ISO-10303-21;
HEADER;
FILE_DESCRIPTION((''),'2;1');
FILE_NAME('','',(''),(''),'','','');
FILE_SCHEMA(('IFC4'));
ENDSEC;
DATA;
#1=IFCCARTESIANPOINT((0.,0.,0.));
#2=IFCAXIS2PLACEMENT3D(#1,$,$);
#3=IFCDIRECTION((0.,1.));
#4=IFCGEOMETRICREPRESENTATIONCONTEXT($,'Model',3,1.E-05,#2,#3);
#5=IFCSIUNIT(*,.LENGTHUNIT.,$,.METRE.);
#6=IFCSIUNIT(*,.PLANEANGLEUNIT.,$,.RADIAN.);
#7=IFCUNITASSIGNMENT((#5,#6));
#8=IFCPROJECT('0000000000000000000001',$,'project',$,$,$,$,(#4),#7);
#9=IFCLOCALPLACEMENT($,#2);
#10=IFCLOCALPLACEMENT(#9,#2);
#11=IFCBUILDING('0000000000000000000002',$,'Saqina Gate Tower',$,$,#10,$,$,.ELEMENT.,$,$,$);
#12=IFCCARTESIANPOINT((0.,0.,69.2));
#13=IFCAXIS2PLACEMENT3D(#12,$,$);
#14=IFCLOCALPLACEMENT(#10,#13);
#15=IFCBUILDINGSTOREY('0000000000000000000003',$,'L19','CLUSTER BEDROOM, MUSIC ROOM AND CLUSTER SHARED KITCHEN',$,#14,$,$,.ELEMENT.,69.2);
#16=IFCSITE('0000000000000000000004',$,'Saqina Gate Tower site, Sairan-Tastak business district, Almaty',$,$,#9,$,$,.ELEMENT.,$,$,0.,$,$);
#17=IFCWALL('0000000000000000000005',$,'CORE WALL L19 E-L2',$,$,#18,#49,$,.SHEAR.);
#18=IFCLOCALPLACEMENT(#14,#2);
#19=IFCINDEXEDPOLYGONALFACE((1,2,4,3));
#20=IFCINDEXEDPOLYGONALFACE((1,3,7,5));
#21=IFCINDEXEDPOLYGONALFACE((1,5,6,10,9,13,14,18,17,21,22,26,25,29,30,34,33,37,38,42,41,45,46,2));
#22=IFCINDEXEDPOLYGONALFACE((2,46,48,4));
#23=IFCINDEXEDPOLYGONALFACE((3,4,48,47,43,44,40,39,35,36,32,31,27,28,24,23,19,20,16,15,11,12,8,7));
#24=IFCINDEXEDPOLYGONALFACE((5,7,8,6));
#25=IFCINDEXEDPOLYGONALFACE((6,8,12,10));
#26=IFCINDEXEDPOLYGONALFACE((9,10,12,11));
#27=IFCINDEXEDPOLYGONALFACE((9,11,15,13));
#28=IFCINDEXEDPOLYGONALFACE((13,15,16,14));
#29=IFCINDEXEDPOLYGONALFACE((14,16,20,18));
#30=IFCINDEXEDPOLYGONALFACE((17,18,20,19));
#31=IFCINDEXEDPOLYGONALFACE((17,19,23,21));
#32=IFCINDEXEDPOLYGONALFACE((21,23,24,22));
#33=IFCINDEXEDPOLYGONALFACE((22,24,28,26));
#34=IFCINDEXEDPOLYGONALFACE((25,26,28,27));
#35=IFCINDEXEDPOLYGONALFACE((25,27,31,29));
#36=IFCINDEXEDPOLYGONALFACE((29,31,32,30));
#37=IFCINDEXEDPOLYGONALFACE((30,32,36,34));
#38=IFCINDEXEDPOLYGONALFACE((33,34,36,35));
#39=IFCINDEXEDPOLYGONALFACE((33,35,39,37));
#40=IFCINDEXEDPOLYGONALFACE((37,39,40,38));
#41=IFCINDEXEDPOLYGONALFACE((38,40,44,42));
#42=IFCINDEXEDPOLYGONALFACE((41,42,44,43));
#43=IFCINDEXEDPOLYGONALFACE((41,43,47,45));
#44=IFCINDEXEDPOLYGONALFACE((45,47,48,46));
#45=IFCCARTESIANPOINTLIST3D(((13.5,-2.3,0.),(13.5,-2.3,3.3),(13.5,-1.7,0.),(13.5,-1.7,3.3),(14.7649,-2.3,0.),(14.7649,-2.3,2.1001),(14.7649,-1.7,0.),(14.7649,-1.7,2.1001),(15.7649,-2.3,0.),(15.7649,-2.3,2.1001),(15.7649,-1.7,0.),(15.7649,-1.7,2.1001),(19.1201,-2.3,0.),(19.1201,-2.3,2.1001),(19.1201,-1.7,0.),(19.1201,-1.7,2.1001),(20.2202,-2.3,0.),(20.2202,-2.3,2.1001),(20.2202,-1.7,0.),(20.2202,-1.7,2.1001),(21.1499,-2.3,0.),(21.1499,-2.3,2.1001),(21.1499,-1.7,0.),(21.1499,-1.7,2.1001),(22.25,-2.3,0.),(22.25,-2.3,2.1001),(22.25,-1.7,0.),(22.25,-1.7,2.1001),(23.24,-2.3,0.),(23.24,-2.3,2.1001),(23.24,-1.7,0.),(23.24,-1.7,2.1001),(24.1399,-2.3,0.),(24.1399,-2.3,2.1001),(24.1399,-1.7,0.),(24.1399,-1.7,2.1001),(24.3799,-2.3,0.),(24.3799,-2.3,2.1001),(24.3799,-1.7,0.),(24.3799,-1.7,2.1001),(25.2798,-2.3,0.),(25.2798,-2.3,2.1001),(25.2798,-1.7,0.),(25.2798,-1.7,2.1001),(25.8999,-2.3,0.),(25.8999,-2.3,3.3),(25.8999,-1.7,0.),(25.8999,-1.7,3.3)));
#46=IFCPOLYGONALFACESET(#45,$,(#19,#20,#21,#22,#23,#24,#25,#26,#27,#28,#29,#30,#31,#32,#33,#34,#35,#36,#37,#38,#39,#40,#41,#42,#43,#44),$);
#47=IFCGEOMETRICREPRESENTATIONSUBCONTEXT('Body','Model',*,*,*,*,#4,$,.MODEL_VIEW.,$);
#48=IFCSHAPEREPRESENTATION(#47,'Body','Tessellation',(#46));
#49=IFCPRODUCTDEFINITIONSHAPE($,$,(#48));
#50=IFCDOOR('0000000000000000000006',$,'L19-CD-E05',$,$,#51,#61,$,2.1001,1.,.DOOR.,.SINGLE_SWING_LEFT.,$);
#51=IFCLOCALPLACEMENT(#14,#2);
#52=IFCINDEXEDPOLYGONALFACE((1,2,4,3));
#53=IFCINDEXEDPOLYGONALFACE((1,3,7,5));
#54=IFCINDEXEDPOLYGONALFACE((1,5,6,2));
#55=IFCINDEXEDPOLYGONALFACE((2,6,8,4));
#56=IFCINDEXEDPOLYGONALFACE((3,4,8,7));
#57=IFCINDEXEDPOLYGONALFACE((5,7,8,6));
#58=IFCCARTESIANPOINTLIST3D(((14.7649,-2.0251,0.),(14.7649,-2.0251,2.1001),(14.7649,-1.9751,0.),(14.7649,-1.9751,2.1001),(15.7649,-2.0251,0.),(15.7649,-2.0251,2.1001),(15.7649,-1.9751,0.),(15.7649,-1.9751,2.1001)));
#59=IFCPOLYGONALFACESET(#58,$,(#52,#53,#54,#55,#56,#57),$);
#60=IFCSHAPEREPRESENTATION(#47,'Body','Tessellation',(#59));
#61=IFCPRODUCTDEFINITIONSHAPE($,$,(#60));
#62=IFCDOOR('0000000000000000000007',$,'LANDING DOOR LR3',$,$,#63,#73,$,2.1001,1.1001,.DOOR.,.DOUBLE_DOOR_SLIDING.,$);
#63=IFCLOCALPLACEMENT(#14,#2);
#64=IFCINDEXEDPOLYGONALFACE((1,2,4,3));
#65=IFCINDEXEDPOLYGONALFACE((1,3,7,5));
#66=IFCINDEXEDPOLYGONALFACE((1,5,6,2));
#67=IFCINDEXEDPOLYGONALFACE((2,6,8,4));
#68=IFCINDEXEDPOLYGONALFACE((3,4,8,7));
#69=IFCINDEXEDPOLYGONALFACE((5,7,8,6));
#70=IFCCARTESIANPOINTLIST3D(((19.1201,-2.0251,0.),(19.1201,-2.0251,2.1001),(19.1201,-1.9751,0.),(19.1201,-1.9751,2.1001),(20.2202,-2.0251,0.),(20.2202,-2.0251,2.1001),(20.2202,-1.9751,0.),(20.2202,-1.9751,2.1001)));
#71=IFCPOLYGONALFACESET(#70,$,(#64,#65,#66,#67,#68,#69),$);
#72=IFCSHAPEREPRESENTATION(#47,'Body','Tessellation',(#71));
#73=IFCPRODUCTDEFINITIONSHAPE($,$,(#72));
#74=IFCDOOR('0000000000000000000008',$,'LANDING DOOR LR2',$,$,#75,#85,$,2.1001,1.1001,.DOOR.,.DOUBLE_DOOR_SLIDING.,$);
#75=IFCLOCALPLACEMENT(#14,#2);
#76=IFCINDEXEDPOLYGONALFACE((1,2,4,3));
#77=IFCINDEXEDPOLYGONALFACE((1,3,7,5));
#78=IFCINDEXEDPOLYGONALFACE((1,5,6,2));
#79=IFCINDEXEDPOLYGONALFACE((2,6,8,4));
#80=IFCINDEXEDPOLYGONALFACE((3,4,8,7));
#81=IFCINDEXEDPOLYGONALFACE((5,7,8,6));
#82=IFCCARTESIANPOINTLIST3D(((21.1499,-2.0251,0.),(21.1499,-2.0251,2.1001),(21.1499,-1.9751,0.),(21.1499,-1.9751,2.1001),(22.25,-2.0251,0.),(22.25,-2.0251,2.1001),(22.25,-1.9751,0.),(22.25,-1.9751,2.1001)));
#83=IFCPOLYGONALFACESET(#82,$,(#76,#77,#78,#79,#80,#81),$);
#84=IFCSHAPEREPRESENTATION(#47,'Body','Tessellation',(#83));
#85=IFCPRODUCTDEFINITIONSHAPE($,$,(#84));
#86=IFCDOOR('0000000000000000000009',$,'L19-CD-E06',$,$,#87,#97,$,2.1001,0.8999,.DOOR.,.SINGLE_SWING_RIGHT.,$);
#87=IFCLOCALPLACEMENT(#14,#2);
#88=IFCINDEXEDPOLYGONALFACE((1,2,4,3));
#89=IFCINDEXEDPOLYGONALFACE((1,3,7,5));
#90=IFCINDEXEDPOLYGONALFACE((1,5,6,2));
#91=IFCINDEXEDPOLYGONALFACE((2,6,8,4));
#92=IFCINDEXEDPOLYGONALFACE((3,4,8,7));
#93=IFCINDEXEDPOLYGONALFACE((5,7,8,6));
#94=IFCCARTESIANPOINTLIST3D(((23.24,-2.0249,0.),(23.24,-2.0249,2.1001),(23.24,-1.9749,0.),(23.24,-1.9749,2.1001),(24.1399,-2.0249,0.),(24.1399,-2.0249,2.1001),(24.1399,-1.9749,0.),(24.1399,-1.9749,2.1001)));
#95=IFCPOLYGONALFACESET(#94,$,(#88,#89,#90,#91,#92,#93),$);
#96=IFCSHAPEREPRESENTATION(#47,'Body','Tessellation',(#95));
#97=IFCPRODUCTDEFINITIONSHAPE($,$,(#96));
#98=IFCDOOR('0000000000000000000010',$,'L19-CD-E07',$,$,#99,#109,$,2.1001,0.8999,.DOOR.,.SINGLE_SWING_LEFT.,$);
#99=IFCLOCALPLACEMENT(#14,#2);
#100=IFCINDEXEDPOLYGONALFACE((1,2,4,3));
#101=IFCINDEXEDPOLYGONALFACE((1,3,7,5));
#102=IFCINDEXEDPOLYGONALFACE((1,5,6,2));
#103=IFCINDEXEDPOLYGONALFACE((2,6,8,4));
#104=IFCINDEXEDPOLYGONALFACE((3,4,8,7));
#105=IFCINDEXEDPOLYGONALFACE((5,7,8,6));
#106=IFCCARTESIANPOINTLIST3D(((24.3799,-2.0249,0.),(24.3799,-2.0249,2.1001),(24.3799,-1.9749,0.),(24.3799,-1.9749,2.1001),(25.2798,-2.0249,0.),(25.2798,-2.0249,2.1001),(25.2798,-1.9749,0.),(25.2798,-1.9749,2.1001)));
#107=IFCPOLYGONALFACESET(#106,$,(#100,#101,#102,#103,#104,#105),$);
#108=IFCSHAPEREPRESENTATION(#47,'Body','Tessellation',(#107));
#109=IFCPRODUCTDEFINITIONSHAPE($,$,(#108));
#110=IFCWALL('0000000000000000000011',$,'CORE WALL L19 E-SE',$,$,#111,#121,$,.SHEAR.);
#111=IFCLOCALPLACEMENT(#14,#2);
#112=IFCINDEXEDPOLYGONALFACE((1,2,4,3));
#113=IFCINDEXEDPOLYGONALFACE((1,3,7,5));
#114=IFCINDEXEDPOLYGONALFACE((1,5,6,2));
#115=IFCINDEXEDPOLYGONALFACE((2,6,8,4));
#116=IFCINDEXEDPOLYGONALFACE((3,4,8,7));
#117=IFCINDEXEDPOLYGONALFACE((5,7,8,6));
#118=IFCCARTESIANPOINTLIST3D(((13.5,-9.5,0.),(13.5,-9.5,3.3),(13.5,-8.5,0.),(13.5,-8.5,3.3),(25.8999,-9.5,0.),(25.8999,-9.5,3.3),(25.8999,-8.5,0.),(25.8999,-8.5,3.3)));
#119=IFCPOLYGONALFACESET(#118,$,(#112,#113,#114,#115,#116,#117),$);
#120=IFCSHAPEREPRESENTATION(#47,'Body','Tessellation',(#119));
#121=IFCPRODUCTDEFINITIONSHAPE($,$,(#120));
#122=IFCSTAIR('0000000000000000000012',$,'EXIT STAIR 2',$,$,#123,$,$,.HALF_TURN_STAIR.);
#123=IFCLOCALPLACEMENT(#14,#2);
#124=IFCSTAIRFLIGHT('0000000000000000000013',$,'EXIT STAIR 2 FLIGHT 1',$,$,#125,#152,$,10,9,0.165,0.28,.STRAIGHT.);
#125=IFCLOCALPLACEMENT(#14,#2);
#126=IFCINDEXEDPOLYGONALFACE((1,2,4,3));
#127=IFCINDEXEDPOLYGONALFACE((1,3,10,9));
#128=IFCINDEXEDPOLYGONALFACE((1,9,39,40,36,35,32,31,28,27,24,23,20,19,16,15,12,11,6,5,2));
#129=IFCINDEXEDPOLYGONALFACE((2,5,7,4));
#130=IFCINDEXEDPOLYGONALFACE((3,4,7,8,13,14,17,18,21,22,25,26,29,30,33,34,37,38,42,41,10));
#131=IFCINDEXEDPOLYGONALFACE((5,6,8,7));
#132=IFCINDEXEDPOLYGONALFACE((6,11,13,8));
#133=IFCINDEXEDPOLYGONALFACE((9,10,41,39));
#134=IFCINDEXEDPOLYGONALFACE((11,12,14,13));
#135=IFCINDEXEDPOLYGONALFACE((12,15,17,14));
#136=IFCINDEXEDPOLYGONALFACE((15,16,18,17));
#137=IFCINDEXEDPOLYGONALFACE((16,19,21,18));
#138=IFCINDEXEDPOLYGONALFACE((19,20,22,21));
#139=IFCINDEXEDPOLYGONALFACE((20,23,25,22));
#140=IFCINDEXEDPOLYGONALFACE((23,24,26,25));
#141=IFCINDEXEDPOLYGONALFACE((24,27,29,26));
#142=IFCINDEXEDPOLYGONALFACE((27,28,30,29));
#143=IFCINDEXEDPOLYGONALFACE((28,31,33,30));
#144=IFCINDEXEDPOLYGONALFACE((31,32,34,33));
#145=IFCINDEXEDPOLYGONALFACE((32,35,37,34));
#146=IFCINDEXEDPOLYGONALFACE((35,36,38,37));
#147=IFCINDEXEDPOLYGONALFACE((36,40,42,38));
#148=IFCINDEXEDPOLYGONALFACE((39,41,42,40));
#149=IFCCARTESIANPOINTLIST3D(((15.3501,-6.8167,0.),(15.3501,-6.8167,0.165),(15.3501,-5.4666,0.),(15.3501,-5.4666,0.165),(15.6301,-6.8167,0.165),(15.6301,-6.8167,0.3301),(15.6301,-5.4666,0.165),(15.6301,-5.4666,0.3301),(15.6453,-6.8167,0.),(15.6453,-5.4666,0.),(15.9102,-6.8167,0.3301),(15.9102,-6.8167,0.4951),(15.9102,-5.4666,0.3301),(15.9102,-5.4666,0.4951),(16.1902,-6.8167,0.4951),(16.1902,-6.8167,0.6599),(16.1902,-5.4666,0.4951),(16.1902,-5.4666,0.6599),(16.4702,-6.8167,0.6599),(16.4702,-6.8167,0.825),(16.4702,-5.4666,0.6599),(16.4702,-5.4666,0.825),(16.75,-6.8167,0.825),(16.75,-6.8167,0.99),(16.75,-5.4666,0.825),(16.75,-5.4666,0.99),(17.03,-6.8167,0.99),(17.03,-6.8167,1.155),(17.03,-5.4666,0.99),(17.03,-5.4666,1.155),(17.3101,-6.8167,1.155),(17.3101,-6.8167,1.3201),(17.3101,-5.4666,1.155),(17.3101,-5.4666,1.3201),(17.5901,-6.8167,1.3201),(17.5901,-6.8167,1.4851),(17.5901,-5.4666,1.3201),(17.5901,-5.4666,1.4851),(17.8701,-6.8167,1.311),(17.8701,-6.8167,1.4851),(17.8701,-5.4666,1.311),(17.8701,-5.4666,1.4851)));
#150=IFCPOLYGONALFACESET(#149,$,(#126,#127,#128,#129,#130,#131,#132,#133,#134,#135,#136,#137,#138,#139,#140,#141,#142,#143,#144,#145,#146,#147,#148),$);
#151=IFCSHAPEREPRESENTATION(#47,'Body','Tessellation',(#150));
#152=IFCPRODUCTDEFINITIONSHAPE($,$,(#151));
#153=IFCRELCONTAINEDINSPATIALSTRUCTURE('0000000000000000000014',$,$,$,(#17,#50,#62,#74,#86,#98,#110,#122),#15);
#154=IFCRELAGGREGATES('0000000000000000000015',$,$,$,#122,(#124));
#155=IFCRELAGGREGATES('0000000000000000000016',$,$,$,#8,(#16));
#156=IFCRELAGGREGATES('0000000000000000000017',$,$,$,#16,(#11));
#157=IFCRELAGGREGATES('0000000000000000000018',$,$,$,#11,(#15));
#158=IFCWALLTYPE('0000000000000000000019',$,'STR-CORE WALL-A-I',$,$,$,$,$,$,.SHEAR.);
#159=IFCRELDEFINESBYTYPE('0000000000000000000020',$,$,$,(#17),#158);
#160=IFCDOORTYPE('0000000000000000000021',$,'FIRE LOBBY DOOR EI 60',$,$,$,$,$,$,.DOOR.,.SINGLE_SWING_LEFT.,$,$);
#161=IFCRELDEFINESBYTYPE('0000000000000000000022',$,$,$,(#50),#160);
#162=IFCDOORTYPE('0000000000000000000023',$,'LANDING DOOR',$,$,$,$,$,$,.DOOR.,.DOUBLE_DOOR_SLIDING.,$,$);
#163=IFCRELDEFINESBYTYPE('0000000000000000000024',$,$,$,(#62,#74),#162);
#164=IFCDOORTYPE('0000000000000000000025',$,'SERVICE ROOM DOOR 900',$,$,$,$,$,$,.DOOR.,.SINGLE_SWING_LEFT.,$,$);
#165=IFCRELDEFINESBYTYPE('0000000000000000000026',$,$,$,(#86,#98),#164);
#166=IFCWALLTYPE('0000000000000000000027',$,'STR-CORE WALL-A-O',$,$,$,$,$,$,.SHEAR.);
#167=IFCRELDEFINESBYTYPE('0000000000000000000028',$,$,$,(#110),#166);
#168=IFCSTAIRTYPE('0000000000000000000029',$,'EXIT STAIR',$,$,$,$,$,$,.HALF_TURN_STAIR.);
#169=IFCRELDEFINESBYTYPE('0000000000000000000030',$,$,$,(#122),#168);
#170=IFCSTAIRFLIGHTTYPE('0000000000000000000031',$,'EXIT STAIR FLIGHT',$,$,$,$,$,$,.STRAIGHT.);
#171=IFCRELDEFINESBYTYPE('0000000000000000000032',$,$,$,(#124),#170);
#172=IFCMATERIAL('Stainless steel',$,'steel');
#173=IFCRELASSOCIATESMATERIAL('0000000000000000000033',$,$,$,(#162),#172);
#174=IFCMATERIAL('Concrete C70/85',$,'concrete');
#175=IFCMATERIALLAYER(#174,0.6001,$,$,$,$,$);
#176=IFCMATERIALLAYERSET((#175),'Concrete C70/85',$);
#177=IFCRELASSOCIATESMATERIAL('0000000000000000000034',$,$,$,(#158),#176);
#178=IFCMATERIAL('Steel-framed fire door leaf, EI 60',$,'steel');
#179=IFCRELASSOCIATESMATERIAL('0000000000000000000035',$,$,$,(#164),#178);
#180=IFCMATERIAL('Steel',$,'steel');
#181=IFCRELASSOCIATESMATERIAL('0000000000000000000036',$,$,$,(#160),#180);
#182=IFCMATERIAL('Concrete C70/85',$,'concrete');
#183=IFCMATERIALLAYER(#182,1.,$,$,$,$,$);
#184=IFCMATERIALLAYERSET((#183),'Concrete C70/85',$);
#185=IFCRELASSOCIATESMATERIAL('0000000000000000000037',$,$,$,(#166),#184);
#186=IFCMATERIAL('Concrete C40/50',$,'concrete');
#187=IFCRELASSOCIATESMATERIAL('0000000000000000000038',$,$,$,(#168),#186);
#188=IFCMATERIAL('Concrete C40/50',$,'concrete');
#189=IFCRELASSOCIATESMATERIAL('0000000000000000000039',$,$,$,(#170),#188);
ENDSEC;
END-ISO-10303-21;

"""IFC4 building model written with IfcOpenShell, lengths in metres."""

from ifc_helpers import new_model, si_unit, direction, frame, frame_2d, origin, place, context, subcontext, project, spatial, polyline, rectangle, outline, extrude, material, layer, layer_set, type_object, element, fill, aggregate, save


model = new_model("IFC4")

# Units and contexts
model_context = context("Model", 3, precision=1e-05, world=origin(), true_north=direction((0.0, 1.0)))
body_context = subcontext(model_context, "Body", "Model", "MODEL_VIEW")
ifc_project = project(units=[si_unit("LENGTHUNIT", "METRE"), si_unit("PLANEANGLEUNIT", "RADIAN")], contexts=[model_context])

# Site, building, storey
site_placement = place(None, origin())
site = spatial("IfcSite", under=ifc_project, at=site_placement, Name="Saqina Gate Tower site, Sairan-Tastak business district, Almaty", CompositionType="ELEMENT", RefElevation=0.0)
building_placement = place(site_placement, origin())
building = spatial("IfcBuilding", under=site, at=building_placement, Name="Saqina Gate Tower", CompositionType="ELEMENT")
storey_placement = place(building_placement, frame((0.0, 0.0, 69.2)))
storey = spatial("IfcBuildingStorey", under=building, at=storey_placement, Name="L19", Description="CLUSTER BEDROOM, MUSIC ROOM AND CLUSTER SHARED KITCHEN", CompositionType="ELEMENT", Elevation=69.2)

# Shared definitions
ifc_material_1 = material(Name="Stainless steel", Category="steel")
door_type_1 = type_object("IfcDoorType", Name="LANDING DOOR", OperationType="DOUBLE_DOOR_SLIDING", PredefinedType="DOOR", material=ifc_material_1)

# Wall, openings, doors
ifc_material_2 = material(Name="Concrete C70/85", Category="concrete")
ifc_layer_1 = layer(ifc_material_2, 0.6001)
ifc_layer_set_1 = layer_set([ifc_layer_1], Name="Concrete C70/85")
wall_type_1 = type_object("IfcWallType", Name="STR-CORE WALL-A-I", PredefinedType="SHEAR", material=ifc_layer_set_1)
ifc_material_3 = material(Name="Steel-framed fire door leaf, EI 60", Category="steel")
door_type_2 = type_object("IfcDoorType", Name="SERVICE ROOM DOOR 900", OperationType="SINGLE_SWING_LEFT", PredefinedType="DOOR", material=ifc_material_3)
wall_1_placement = place(storey_placement, frame((13.5, -2.0, 0.0), z_axis=(0.0, 0.0, 1.0), x_axis=(1.0, 0.0, 0.0)))
wall_1 = element("IfcWall", 1, at=wall_1_placement, inside=storey, type_object=wall_type_1, Name="CORE WALL L19 E-L2", PredefinedType="SHEAR", context=body_context, shape_type="SweptSolid", body=[
    extrude(rectangle(XDim=12.3999, YDim=0.6001, at=frame_2d((6.2, 0.0))), origin(), (0.0, 0.0, 1.0), 3.3),
])
opening_1_placement = place(wall_1_placement, frame((5.6201, 0.0, 0.0)))
opening_1 = element("IfcOpeningElement", 2, at=opening_1_placement, cuts=wall_1, PredefinedType="OPENING", context=body_context, shape_type="SweptSolid", body=[
    extrude(rectangle(XDim=1.1001, YDim=2.1001, at=frame_2d((0.55, 1.05))), frame((0.0, 0.312, 0.0), z_axis=(0.0, -1.0, 0.0), x_axis=(1.0, 0.0, 0.0)), (0.0, 0.0, 1.0), 0.624),
])
opening_2_placement = place(wall_1_placement, frame((7.6499, 0.0, 0.0)))
opening_2 = element("IfcOpeningElement", 3, at=opening_2_placement, cuts=wall_1, PredefinedType="OPENING", context=body_context, shape_type="SweptSolid", body=[
    extrude(rectangle(XDim=1.1001, YDim=2.1001, at=frame_2d((0.55, 1.05))), frame((0.0, 0.312, 0.0), z_axis=(0.0, -1.0, 0.0), x_axis=(1.0, 0.0, 0.0)), (0.0, 0.0, 1.0), 0.624),
])
opening_3_placement = place(wall_1_placement, frame((1.2649, 0.0, 0.0)))
opening_3 = element("IfcOpeningElement", 4, at=opening_3_placement, cuts=wall_1, PredefinedType="OPENING", context=body_context, shape_type="SweptSolid", body=[
    extrude(rectangle(XDim=1.0, YDim=2.1001, at=frame_2d((0.5, 1.05))), frame((0.0, 0.312, 0.0), z_axis=(0.0, -1.0, 0.0), x_axis=(1.0, 0.0, 0.0)), (0.0, 0.0, 1.0), 0.624),
])
opening_4_placement = place(wall_1_placement, frame((9.74, 0.0, 0.0)))
opening_4 = element("IfcOpeningElement", 5, at=opening_4_placement, cuts=wall_1, PredefinedType="OPENING", context=body_context, shape_type="SweptSolid", body=[
    extrude(rectangle(XDim=0.8999, YDim=2.1001, at=frame_2d((0.45, 1.05))), frame((0.0, 0.312, 0.0), z_axis=(0.0, -1.0, 0.0), x_axis=(1.0, 0.0, 0.0)), (0.0, 0.0, 1.0), 0.624),
])
opening_5_placement = place(wall_1_placement, frame((10.8799, 0.0, 0.0)))
opening_5 = element("IfcOpeningElement", 6, at=opening_5_placement, cuts=wall_1, PredefinedType="OPENING", context=body_context, shape_type="SweptSolid", body=[
    extrude(rectangle(XDim=0.8999, YDim=2.1001, at=frame_2d((0.45, 1.05))), frame((0.0, 0.312, 0.0), z_axis=(0.0, -1.0, 0.0), x_axis=(1.0, 0.0, 0.0)), (0.0, 0.0, 1.0), 0.624),
])
ifc_material_4 = material(Name="Steel", Category="steel")
door_type_3 = type_object("IfcDoorType", Name="FIRE LOBBY DOOR EI 60", OperationType="SINGLE_SWING_LEFT", PredefinedType="DOOR", material=ifc_material_4)
door_1_placement = place(opening_3_placement, origin())
door_1 = element("IfcDoor", 7, at=door_1_placement, inside=storey, type_object=door_type_3, Name="L19-CD-E05", OperationType="SINGLE_SWING_LEFT", OverallHeight=2.1001, OverallWidth=1.0, PredefinedType="DOOR", context=body_context, shape_type="SweptSolid", body=[
    extrude(rectangle(XDim=1.0, YDim=2.1001, at=frame_2d((0.5, 1.05))), frame((0.0, 0.0249, 0.0), z_axis=(0.0, -1.0, 0.0), x_axis=(1.0, 0.0, 0.0)), (0.0, 0.0, 1.0), 0.05),
])
fill(opening_3, door_1)
door_2_placement = place(opening_1_placement, origin())
door_2 = element("IfcDoor", 8, at=door_2_placement, inside=storey, type_object=door_type_1, Name="LANDING DOOR LR3", OperationType="DOUBLE_DOOR_SLIDING", OverallHeight=2.1001, OverallWidth=1.1001, PredefinedType="DOOR", context=body_context, shape_type="SweptSolid", body=[
    extrude(rectangle(XDim=1.1001, YDim=2.1001, at=frame_2d((0.55, 1.05))), frame((0.0, 0.0249, 0.0), z_axis=(0.0, -1.0, 0.0), x_axis=(1.0, 0.0, 0.0)), (0.0, 0.0, 1.0), 0.05),
])
fill(opening_1, door_2)
door_3_placement = place(opening_2_placement, origin())
door_3 = element("IfcDoor", 9, at=door_3_placement, inside=storey, type_object=door_type_1, Name="LANDING DOOR LR2", OperationType="DOUBLE_DOOR_SLIDING", OverallHeight=2.1001, OverallWidth=1.1001, PredefinedType="DOOR", context=body_context, shape_type="SweptSolid", body=[
    extrude(rectangle(XDim=1.1001, YDim=2.1001, at=frame_2d((0.55, 1.05))), frame((0.0, 0.0249, 0.0), z_axis=(0.0, -1.0, 0.0), x_axis=(1.0, 0.0, 0.0)), (0.0, 0.0, 1.0), 0.05),
])
fill(opening_2, door_3)
door_4_placement = place(opening_4_placement, frame((0.8999, 0.0, 0.0), z_axis=(0.0, 0.0, 1.0), x_axis=(-1.0, 0.0, 0.0)))
door_4 = element("IfcDoor", 10, at=door_4_placement, inside=storey, type_object=door_type_2, Name="L19-CD-E06", OperationType="SINGLE_SWING_RIGHT", OverallHeight=2.1001, OverallWidth=0.8999, PredefinedType="DOOR", context=body_context, shape_type="SweptSolid", body=[
    extrude(rectangle(XDim=0.8999, YDim=2.1001, at=frame_2d((0.45, 1.05))), frame((0.0, 0.0249, 0.0), z_axis=(0.0, -1.0, 0.0), x_axis=(1.0, 0.0, 0.0)), (0.0, 0.0, 1.0), 0.05),
])
fill(opening_4, door_4)
door_5_placement = place(opening_5_placement, frame((0.8999, 0.0, 0.0), z_axis=(0.0, 0.0, 1.0), x_axis=(-1.0, 0.0, 0.0)))
door_5 = element("IfcDoor", 11, at=door_5_placement, inside=storey, type_object=door_type_2, Name="L19-CD-E07", OperationType="SINGLE_SWING_LEFT", OverallHeight=2.1001, OverallWidth=0.8999, PredefinedType="DOOR", context=body_context, shape_type="SweptSolid", body=[
    extrude(rectangle(XDim=0.8999, YDim=2.1001, at=frame_2d((0.45, 1.05))), frame((0.0, 0.0249, 0.0), z_axis=(0.0, -1.0, 0.0), x_axis=(1.0, 0.0, 0.0)), (0.0, 0.0, 1.0), 0.05),
])
fill(opening_5, door_5)
ifc_material_5 = material(Name="Concrete C70/85", Category="concrete")
ifc_layer_2 = layer(ifc_material_5, 1.0)
ifc_layer_set_2 = layer_set([ifc_layer_2], Name="Concrete C70/85")
wall_type_2 = type_object("IfcWallType", Name="STR-CORE WALL-A-O", PredefinedType="SHEAR", material=ifc_layer_set_2)

# Wall
wall_2_placement = place(storey_placement, frame((13.5, -9.0, 0.0), z_axis=(0.0, 0.0, 1.0), x_axis=(1.0, 0.0, 0.0)))
element("IfcWall", 12, at=wall_2_placement, inside=storey, type_object=wall_type_2, Name="CORE WALL L19 E-SE", PredefinedType="SHEAR", context=body_context, shape_type="SweptSolid", body=[
    extrude(rectangle(XDim=12.3999, YDim=1.0, at=frame_2d((6.2, 0.0))), origin(), (0.0, 0.0, 1.0), 3.3),
])

# Stair, stair flight
ifc_material_6 = material(Name="Concrete C40/50", Category="concrete")
stair_type = type_object("IfcStairType", Name="EXIT STAIR", PredefinedType="HALF_TURN_STAIR", material=ifc_material_6)
stair_placement = place(storey_placement, origin())
stair = element("IfcStair", 13, at=stair_placement, inside=storey, type_object=stair_type, Name="EXIT STAIR 2", PredefinedType="HALF_TURN_STAIR")
ifc_material_7 = material(Name="Concrete C40/50", Category="concrete")
stair_flight_type = type_object("IfcStairFlightType", Name="EXIT STAIR FLIGHT", PredefinedType="STRAIGHT", material=ifc_material_7)
stair_flight_1_placement = place(storey_placement, frame((15.3501, -6.1416, 0.0), z_axis=(0.0, 0.0, 1.0), x_axis=(1.0, 0.0, 0.0)))
stair_flight_1 = element("IfcStairFlight", 14, at=stair_flight_1_placement, type_object=stair_flight_type, Name="EXIT STAIR 2 FLIGHT 1", NumberOfRisers=10, NumberOfTreads=9, PredefinedType="STRAIGHT", RiserHeight=0.165, TreadLength=0.28, context=body_context, shape_type="SweptSolid", body=[
    extrude(outline(polyline([(0.0, 0.0), (0.0, 0.165), (0.28, 0.165), (0.28, 0.3301), (0.5601, 0.3301), (0.5601, 0.4951), (0.8401, 0.4951), (0.8401, 0.6599), (1.1201, 0.6599), (1.1201, 0.825), (1.3999, 0.825), (1.3999, 0.99), (1.6799, 0.99), (1.6799, 1.155), (1.96, 1.155), (1.96, 1.3201), (2.24, 1.3201), (2.24, 1.4851), (2.52, 1.4851), (2.52, 1.6499), (2.52, 1.311), (0.2952, 0.0), (0.0, 0.0)])), frame((0.0, 0.675, 0.0), z_axis=(0.0, -1.0, 0.0), x_axis=(1.0, 0.0, 0.0)), (0.0, 0.0, 1.0), 1.3501),
])
aggregate(stair, [stair_flight_1])

save(model, "model.ifc")
